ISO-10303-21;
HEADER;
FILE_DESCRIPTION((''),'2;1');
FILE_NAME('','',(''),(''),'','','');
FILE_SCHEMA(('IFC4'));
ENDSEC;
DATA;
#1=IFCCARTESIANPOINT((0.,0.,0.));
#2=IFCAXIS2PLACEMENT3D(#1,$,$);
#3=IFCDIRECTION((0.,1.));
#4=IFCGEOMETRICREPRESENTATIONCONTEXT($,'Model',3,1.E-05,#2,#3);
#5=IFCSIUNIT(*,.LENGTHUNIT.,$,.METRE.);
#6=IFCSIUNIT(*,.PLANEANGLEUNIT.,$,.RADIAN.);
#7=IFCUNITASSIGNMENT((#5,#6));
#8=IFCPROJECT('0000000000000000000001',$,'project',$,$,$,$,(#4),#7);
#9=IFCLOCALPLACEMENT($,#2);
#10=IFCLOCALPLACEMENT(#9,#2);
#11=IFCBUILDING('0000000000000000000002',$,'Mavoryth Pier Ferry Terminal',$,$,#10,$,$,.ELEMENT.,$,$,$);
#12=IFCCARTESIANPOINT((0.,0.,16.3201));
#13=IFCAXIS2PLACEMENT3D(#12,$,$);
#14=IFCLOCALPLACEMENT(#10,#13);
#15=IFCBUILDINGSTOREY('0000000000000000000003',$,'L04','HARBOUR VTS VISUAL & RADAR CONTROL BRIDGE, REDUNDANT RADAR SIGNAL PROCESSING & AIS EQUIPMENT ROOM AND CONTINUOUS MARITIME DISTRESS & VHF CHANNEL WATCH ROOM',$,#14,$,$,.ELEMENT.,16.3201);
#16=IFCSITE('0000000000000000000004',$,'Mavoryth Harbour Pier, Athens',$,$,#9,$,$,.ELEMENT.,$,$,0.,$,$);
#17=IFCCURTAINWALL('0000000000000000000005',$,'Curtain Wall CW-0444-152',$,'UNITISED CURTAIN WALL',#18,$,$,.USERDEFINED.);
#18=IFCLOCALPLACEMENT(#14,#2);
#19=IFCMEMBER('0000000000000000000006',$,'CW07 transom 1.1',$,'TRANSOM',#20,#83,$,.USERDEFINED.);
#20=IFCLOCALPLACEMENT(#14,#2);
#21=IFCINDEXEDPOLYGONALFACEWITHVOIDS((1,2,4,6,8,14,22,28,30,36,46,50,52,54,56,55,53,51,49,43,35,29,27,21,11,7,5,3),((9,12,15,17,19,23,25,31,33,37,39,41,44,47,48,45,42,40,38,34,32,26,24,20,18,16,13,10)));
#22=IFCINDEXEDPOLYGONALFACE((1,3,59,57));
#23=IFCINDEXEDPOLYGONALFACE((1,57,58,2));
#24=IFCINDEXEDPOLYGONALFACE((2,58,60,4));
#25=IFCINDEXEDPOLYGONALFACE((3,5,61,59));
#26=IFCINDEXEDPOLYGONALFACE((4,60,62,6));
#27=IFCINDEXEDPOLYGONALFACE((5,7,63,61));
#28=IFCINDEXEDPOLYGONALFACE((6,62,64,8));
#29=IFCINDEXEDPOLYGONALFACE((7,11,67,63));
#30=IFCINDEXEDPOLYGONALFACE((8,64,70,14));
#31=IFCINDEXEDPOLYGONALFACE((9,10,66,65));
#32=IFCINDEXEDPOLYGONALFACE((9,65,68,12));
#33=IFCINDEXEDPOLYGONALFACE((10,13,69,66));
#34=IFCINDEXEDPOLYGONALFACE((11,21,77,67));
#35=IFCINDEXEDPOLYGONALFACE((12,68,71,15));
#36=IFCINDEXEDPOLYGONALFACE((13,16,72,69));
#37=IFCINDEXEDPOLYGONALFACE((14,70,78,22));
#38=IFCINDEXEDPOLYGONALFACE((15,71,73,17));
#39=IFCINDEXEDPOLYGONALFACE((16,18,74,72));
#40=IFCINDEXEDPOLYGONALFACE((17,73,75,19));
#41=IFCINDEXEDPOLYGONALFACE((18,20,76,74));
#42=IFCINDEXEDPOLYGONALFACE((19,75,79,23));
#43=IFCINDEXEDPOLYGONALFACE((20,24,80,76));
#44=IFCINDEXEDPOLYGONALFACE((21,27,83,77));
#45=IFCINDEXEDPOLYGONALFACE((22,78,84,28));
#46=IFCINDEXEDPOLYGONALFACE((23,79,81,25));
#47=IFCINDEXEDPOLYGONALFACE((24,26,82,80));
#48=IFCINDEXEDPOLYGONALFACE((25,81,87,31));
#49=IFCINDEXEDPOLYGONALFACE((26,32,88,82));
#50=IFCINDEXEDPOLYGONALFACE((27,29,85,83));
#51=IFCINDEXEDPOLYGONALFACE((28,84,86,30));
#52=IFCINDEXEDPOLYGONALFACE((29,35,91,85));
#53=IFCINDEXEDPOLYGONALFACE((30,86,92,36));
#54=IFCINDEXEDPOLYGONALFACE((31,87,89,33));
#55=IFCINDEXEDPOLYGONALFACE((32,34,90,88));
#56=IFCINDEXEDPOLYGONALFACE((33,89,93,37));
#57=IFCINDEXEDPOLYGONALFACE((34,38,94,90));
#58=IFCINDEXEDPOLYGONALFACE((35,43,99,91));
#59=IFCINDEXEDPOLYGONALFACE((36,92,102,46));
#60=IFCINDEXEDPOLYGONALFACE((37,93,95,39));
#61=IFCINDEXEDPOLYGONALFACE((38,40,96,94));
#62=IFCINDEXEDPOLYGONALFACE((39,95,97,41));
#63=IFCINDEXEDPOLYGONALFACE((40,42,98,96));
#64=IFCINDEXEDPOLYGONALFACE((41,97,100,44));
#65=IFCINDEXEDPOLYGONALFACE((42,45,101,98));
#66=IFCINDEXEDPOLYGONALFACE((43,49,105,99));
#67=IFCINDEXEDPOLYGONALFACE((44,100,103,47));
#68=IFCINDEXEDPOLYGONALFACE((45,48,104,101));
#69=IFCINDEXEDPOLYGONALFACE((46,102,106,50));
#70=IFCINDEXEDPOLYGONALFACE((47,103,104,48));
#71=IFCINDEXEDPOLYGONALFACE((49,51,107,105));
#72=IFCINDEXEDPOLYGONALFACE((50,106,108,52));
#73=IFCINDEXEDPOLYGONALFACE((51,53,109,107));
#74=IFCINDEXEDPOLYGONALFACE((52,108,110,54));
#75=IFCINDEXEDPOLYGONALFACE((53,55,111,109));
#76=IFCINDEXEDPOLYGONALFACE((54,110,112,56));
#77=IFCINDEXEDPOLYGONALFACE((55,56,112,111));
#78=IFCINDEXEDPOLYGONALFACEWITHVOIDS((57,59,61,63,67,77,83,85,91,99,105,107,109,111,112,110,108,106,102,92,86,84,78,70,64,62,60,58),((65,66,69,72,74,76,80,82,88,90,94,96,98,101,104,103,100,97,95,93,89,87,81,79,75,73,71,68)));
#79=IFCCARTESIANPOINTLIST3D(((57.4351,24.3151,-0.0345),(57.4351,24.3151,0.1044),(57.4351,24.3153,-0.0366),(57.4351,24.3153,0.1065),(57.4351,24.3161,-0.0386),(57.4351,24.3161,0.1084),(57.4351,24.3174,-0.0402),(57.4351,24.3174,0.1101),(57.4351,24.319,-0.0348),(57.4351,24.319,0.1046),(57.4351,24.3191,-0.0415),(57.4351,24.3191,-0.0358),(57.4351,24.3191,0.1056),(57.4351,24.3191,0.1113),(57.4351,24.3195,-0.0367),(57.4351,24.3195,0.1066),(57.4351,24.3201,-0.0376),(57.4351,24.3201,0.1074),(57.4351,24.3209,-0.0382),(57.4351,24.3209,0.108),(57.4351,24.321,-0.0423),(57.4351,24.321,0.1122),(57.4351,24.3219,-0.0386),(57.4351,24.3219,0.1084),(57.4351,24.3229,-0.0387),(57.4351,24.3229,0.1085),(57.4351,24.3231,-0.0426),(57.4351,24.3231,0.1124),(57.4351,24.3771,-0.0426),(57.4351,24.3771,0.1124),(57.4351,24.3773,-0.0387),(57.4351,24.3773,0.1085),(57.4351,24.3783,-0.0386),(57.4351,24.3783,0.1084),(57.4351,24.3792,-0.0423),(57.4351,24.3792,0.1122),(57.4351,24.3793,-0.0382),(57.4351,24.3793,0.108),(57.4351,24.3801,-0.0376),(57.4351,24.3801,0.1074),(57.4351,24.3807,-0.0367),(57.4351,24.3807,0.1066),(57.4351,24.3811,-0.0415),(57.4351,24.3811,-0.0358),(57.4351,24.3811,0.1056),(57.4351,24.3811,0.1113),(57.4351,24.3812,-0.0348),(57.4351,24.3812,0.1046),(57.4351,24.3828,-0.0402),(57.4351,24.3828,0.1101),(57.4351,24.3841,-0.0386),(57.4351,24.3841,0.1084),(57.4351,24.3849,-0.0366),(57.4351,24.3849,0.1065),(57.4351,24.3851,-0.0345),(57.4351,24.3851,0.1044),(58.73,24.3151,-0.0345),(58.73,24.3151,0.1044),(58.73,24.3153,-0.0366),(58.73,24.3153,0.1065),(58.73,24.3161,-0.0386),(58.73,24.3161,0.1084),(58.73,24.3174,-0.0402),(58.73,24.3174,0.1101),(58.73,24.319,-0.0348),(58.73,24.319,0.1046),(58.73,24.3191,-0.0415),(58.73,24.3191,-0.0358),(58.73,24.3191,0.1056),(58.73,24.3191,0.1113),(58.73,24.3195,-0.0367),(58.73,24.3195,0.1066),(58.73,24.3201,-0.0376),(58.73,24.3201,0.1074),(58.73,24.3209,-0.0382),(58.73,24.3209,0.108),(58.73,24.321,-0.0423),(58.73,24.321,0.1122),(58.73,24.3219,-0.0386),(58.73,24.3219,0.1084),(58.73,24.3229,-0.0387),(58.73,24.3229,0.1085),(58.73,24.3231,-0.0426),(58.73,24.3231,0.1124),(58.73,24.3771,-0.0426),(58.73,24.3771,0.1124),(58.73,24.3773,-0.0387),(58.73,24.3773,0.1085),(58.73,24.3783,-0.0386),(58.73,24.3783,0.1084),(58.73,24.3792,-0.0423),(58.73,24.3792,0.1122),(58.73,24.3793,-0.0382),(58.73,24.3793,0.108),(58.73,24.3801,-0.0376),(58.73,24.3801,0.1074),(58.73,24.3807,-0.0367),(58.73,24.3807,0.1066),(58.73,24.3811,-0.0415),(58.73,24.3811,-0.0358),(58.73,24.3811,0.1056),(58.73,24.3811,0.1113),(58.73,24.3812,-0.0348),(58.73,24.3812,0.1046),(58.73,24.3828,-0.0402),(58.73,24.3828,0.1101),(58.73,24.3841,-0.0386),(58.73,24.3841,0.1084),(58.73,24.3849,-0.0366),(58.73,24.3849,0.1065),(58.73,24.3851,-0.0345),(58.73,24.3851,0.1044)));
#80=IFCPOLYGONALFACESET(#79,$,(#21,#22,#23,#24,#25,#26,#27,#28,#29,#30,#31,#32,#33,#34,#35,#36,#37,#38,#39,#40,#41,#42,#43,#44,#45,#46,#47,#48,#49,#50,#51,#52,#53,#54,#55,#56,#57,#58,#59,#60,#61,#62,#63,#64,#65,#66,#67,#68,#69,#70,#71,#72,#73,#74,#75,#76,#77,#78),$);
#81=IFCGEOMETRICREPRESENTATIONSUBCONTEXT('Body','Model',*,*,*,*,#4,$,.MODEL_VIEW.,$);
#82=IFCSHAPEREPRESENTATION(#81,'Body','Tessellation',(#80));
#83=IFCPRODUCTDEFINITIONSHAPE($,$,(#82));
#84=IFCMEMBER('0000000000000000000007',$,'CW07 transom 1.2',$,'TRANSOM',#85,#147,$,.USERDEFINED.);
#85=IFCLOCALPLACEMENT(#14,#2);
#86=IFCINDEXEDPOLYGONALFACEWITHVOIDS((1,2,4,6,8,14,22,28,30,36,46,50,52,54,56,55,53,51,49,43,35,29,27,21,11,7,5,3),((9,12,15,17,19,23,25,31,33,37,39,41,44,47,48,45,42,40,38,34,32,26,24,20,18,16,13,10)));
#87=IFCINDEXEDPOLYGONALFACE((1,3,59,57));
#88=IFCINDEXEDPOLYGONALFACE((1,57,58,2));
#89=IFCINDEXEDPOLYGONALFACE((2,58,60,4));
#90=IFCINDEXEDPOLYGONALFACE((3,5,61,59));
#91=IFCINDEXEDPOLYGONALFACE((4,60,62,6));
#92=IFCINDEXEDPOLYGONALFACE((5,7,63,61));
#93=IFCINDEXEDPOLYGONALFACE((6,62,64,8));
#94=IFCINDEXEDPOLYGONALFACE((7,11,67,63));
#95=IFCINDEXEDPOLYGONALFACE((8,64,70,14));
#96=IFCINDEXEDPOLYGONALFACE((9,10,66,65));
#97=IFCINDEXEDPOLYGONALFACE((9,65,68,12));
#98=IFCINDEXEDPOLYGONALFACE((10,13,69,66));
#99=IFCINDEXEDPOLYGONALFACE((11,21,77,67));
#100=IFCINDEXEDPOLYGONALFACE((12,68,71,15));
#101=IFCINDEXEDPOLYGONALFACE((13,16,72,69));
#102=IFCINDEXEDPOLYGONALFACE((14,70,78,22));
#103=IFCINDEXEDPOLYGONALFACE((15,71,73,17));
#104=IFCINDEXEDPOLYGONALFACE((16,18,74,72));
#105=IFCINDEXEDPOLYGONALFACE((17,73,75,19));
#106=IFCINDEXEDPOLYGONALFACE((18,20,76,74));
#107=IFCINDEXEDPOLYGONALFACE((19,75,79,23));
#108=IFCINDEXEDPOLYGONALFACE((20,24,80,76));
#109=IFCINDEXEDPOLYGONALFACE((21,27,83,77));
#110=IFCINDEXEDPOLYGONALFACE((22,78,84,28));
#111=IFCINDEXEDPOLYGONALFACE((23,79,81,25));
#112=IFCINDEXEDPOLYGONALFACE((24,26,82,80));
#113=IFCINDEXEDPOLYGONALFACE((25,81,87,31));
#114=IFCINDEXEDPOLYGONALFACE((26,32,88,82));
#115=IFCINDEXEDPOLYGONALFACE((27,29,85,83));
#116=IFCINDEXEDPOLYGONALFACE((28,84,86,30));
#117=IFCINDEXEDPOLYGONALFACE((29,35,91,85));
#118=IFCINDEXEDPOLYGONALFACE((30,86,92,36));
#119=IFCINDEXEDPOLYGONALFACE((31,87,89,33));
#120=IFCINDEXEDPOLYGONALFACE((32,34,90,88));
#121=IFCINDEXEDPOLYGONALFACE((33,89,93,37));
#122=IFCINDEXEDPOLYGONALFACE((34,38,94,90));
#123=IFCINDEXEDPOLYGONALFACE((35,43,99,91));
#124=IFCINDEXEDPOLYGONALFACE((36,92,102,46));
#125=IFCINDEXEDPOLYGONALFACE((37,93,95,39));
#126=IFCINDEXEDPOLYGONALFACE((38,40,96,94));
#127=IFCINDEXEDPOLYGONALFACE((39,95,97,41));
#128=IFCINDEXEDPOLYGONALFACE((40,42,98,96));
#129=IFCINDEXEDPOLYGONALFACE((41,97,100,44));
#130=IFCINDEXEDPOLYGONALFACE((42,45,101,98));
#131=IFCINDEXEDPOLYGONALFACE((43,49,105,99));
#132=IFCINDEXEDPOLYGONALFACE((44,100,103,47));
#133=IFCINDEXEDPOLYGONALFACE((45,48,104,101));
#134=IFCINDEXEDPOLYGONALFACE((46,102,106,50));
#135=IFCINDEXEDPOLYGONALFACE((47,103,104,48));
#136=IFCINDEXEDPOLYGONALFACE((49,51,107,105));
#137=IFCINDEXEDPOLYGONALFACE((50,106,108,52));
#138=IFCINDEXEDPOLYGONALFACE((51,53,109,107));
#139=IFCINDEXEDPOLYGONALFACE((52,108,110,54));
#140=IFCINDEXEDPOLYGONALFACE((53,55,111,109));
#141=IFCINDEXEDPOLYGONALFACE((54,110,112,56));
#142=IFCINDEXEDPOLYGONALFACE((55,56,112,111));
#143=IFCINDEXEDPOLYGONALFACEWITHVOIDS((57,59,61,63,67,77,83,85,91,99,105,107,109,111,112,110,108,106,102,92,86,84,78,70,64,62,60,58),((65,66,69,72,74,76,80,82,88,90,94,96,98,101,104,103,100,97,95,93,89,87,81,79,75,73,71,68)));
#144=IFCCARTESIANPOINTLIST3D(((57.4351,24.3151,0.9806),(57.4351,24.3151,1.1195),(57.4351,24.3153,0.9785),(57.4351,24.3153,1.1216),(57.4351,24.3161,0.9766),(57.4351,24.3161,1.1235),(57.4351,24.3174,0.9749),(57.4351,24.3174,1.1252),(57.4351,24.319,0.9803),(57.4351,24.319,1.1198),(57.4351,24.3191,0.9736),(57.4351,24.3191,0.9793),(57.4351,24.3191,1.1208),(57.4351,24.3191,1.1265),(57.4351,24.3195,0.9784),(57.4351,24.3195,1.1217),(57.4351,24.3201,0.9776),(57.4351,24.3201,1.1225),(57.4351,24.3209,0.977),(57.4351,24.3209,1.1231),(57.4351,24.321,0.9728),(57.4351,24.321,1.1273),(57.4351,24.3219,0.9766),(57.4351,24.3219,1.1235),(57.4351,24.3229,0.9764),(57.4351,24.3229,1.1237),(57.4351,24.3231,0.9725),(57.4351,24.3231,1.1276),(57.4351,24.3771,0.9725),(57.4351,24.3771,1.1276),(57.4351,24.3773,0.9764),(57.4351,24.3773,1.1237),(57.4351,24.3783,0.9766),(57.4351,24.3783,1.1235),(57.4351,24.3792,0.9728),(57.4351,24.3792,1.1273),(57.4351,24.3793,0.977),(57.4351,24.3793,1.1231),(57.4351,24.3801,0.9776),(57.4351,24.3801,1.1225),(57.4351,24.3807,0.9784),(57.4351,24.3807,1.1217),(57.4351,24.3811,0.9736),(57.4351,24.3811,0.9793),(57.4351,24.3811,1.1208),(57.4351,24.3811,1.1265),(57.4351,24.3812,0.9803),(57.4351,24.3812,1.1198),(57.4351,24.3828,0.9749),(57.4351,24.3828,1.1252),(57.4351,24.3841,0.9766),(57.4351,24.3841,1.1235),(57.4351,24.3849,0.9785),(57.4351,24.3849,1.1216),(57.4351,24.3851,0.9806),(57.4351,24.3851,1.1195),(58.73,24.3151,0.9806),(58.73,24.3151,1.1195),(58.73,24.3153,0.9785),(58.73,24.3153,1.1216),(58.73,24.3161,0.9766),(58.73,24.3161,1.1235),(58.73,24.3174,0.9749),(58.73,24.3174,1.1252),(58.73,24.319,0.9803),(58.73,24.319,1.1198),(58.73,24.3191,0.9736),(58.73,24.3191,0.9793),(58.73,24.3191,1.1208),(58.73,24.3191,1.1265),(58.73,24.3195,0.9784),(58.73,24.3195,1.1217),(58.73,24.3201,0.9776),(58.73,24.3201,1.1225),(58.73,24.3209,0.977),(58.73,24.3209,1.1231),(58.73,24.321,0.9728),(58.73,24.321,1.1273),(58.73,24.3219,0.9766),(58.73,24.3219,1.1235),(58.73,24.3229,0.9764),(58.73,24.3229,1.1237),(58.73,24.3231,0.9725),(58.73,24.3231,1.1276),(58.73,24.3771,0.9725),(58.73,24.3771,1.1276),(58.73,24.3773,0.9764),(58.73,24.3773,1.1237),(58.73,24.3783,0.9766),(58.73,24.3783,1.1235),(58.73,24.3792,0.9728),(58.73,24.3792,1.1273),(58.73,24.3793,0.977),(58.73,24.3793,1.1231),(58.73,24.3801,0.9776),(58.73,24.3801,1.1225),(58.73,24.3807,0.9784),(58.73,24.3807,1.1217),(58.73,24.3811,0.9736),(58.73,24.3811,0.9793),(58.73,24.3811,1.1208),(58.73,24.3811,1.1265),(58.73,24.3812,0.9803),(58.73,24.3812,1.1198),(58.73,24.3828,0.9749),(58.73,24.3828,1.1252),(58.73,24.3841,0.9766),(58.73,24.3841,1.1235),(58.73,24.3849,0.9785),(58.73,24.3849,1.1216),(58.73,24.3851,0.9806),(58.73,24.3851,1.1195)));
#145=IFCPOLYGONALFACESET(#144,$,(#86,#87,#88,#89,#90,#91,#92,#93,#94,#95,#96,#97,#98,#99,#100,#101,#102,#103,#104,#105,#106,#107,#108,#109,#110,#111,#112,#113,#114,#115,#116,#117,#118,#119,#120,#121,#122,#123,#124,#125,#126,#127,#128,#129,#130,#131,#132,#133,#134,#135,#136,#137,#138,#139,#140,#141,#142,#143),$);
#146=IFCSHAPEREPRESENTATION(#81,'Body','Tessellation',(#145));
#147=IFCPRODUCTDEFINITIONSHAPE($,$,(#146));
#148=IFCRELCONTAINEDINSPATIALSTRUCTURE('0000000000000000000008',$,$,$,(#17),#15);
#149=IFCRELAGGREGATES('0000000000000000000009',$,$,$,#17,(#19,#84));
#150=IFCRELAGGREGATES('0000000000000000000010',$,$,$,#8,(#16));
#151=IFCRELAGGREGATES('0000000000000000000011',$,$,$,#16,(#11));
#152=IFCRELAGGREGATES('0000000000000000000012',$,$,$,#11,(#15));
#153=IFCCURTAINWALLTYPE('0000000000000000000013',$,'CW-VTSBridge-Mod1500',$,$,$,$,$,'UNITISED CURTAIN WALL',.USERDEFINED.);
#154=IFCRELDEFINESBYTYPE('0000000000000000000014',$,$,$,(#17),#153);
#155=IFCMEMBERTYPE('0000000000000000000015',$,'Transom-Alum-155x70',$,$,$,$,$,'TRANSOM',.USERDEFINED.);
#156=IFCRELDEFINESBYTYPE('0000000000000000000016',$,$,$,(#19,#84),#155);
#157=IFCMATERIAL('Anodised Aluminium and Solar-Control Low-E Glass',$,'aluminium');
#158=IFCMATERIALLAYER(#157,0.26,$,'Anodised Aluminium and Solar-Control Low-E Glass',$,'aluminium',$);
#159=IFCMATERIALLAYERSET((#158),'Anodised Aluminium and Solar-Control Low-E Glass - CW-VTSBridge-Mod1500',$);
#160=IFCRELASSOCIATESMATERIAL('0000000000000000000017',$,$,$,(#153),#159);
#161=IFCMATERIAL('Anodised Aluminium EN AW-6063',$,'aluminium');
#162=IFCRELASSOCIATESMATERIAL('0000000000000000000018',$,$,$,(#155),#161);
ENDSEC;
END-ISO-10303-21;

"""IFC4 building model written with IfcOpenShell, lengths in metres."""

from ifc_helpers import new_model, si_unit, direction, frame, origin, origin_2d, place, context, subcontext, project, spatial, hollow_rectangle, extrude, material, layer, layer_set, material_profile, profile_set, type_object, element, aggregate, save


model = new_model("IFC4")

# Units and contexts
model_context = context("Model", 3, precision=1e-05, world=origin(), true_north=direction((0.0, 1.0)))
body_context = subcontext(model_context, "Body", "Model", "MODEL_VIEW")
ifc_project = project(units=[si_unit("LENGTHUNIT", "METRE"), si_unit("PLANEANGLEUNIT", "RADIAN")], contexts=[model_context])

# Site, building, storey
site_placement = place(None, origin())
site = spatial("IfcSite", under=ifc_project, at=site_placement, Name="Mavoryth Harbour Pier, Athens", CompositionType="ELEMENT", RefElevation=0.0)
building_placement = place(site_placement, origin())
building = spatial("IfcBuilding", under=site, at=building_placement, Name="Mavoryth Pier Ferry Terminal", CompositionType="ELEMENT")
storey_placement = place(building_placement, frame((0.0, 0.0, 16.3201)))
storey = spatial("IfcBuildingStorey", under=building, at=storey_placement, Name="L04", Description="HARBOUR VTS VISUAL & RADAR CONTROL BRIDGE, REDUNDANT RADAR SIGNAL PROCESSING & AIS EQUIPMENT ROOM AND CONTINUOUS MARITIME DISTRESS & VHF CHANNEL WATCH ROOM", CompositionType="ELEMENT", Elevation=16.3201)

# Curtain wall
ifc_material_1 = material(Name="Anodised Aluminium and Solar-Control Low-E Glass", Category="aluminium")
ifc_layer_1 = layer(ifc_material_1, 0.26, Name="Anodised Aluminium and Solar-Control Low-E Glass", Category="aluminium")
ifc_layer_set_1 = layer_set([ifc_layer_1], Name="Anodised Aluminium and Solar-Control Low-E Glass - CW-VTSBridge-Mod1500")
curtain_wall_type = type_object("IfcCurtainWallType", Name="CW-VTSBridge-Mod1500", ElementType="UNITISED CURTAIN WALL", PredefinedType="USERDEFINED", material=ifc_layer_set_1)
curtain_wall_1_placement = place(storey_placement, origin())
curtain_wall_1 = element("IfcCurtainWall", 1, at=curtain_wall_1_placement, inside=storey, type_object=curtain_wall_type, Name="Curtain Wall CW-0444-152", ObjectType="UNITISED CURTAIN WALL", PredefinedType="USERDEFINED")
ifc_material_2 = material(Name="Anodised Aluminium EN AW-6063", Category="aluminium")

# Members
ifc_material_profile_1 = material_profile(ifc_material_2, hollow_rectangle(XDim=0.0701, YDim=0.155, WallThickness=0.0039, InnerFilletRadius=0.0039, OuterFilletRadius=0.0081, at=origin_2d()), Name="AL-TRAN 155x70x4", Category="aluminium")
ifc_profile_set_1 = profile_set([ifc_material_profile_1], Name="Anodised Aluminium EN AW-6063 - AL-TRAN 155x70x4")
member_type_1 = type_object("IfcMemberType", Name="Transom-Alum-155x70", ElementType="TRANSOM", PredefinedType="USERDEFINED", material=ifc_profile_set_1)
member_1_placement = place(storey_placement, frame((58.73, 24.3501, 0.0349), z_axis=(-1.0, 0.0, 0.0), x_axis=(0.0, -1.0, 0.0)))
member_1 = element("IfcMember", 2, at=member_1_placement, type_object=member_type_1, Name="CW07 transom 1.1", ObjectType="TRANSOM", PredefinedType="USERDEFINED", context=body_context, shape_type="SweptSolid", body=[
    extrude(hollow_rectangle(XDim=0.0701, YDim=0.155, WallThickness=0.0039, InnerFilletRadius=0.0039, OuterFilletRadius=0.0081, at=origin_2d()), origin(), (0.0, 0.0, 1.0), 1.2949),
])
member_2_placement = place(storey_placement, frame((58.73, 24.3501, 1.05), z_axis=(-1.0, 0.0, 0.0), x_axis=(0.0, -1.0, 0.0)))
member_2 = element("IfcMember", 3, at=member_2_placement, type_object=member_type_1, Name="CW07 transom 1.2", ObjectType="TRANSOM", PredefinedType="USERDEFINED", context=body_context, shape_type="SweptSolid", body=[
    extrude(hollow_rectangle(XDim=0.0701, YDim=0.155, WallThickness=0.0039, InnerFilletRadius=0.0039, OuterFilletRadius=0.0081, at=origin_2d()), origin(), (0.0, 0.0, 1.0), 1.2949),
])

aggregate(curtain_wall_1, [member_1, member_2])

save(model, "model.ifc")
